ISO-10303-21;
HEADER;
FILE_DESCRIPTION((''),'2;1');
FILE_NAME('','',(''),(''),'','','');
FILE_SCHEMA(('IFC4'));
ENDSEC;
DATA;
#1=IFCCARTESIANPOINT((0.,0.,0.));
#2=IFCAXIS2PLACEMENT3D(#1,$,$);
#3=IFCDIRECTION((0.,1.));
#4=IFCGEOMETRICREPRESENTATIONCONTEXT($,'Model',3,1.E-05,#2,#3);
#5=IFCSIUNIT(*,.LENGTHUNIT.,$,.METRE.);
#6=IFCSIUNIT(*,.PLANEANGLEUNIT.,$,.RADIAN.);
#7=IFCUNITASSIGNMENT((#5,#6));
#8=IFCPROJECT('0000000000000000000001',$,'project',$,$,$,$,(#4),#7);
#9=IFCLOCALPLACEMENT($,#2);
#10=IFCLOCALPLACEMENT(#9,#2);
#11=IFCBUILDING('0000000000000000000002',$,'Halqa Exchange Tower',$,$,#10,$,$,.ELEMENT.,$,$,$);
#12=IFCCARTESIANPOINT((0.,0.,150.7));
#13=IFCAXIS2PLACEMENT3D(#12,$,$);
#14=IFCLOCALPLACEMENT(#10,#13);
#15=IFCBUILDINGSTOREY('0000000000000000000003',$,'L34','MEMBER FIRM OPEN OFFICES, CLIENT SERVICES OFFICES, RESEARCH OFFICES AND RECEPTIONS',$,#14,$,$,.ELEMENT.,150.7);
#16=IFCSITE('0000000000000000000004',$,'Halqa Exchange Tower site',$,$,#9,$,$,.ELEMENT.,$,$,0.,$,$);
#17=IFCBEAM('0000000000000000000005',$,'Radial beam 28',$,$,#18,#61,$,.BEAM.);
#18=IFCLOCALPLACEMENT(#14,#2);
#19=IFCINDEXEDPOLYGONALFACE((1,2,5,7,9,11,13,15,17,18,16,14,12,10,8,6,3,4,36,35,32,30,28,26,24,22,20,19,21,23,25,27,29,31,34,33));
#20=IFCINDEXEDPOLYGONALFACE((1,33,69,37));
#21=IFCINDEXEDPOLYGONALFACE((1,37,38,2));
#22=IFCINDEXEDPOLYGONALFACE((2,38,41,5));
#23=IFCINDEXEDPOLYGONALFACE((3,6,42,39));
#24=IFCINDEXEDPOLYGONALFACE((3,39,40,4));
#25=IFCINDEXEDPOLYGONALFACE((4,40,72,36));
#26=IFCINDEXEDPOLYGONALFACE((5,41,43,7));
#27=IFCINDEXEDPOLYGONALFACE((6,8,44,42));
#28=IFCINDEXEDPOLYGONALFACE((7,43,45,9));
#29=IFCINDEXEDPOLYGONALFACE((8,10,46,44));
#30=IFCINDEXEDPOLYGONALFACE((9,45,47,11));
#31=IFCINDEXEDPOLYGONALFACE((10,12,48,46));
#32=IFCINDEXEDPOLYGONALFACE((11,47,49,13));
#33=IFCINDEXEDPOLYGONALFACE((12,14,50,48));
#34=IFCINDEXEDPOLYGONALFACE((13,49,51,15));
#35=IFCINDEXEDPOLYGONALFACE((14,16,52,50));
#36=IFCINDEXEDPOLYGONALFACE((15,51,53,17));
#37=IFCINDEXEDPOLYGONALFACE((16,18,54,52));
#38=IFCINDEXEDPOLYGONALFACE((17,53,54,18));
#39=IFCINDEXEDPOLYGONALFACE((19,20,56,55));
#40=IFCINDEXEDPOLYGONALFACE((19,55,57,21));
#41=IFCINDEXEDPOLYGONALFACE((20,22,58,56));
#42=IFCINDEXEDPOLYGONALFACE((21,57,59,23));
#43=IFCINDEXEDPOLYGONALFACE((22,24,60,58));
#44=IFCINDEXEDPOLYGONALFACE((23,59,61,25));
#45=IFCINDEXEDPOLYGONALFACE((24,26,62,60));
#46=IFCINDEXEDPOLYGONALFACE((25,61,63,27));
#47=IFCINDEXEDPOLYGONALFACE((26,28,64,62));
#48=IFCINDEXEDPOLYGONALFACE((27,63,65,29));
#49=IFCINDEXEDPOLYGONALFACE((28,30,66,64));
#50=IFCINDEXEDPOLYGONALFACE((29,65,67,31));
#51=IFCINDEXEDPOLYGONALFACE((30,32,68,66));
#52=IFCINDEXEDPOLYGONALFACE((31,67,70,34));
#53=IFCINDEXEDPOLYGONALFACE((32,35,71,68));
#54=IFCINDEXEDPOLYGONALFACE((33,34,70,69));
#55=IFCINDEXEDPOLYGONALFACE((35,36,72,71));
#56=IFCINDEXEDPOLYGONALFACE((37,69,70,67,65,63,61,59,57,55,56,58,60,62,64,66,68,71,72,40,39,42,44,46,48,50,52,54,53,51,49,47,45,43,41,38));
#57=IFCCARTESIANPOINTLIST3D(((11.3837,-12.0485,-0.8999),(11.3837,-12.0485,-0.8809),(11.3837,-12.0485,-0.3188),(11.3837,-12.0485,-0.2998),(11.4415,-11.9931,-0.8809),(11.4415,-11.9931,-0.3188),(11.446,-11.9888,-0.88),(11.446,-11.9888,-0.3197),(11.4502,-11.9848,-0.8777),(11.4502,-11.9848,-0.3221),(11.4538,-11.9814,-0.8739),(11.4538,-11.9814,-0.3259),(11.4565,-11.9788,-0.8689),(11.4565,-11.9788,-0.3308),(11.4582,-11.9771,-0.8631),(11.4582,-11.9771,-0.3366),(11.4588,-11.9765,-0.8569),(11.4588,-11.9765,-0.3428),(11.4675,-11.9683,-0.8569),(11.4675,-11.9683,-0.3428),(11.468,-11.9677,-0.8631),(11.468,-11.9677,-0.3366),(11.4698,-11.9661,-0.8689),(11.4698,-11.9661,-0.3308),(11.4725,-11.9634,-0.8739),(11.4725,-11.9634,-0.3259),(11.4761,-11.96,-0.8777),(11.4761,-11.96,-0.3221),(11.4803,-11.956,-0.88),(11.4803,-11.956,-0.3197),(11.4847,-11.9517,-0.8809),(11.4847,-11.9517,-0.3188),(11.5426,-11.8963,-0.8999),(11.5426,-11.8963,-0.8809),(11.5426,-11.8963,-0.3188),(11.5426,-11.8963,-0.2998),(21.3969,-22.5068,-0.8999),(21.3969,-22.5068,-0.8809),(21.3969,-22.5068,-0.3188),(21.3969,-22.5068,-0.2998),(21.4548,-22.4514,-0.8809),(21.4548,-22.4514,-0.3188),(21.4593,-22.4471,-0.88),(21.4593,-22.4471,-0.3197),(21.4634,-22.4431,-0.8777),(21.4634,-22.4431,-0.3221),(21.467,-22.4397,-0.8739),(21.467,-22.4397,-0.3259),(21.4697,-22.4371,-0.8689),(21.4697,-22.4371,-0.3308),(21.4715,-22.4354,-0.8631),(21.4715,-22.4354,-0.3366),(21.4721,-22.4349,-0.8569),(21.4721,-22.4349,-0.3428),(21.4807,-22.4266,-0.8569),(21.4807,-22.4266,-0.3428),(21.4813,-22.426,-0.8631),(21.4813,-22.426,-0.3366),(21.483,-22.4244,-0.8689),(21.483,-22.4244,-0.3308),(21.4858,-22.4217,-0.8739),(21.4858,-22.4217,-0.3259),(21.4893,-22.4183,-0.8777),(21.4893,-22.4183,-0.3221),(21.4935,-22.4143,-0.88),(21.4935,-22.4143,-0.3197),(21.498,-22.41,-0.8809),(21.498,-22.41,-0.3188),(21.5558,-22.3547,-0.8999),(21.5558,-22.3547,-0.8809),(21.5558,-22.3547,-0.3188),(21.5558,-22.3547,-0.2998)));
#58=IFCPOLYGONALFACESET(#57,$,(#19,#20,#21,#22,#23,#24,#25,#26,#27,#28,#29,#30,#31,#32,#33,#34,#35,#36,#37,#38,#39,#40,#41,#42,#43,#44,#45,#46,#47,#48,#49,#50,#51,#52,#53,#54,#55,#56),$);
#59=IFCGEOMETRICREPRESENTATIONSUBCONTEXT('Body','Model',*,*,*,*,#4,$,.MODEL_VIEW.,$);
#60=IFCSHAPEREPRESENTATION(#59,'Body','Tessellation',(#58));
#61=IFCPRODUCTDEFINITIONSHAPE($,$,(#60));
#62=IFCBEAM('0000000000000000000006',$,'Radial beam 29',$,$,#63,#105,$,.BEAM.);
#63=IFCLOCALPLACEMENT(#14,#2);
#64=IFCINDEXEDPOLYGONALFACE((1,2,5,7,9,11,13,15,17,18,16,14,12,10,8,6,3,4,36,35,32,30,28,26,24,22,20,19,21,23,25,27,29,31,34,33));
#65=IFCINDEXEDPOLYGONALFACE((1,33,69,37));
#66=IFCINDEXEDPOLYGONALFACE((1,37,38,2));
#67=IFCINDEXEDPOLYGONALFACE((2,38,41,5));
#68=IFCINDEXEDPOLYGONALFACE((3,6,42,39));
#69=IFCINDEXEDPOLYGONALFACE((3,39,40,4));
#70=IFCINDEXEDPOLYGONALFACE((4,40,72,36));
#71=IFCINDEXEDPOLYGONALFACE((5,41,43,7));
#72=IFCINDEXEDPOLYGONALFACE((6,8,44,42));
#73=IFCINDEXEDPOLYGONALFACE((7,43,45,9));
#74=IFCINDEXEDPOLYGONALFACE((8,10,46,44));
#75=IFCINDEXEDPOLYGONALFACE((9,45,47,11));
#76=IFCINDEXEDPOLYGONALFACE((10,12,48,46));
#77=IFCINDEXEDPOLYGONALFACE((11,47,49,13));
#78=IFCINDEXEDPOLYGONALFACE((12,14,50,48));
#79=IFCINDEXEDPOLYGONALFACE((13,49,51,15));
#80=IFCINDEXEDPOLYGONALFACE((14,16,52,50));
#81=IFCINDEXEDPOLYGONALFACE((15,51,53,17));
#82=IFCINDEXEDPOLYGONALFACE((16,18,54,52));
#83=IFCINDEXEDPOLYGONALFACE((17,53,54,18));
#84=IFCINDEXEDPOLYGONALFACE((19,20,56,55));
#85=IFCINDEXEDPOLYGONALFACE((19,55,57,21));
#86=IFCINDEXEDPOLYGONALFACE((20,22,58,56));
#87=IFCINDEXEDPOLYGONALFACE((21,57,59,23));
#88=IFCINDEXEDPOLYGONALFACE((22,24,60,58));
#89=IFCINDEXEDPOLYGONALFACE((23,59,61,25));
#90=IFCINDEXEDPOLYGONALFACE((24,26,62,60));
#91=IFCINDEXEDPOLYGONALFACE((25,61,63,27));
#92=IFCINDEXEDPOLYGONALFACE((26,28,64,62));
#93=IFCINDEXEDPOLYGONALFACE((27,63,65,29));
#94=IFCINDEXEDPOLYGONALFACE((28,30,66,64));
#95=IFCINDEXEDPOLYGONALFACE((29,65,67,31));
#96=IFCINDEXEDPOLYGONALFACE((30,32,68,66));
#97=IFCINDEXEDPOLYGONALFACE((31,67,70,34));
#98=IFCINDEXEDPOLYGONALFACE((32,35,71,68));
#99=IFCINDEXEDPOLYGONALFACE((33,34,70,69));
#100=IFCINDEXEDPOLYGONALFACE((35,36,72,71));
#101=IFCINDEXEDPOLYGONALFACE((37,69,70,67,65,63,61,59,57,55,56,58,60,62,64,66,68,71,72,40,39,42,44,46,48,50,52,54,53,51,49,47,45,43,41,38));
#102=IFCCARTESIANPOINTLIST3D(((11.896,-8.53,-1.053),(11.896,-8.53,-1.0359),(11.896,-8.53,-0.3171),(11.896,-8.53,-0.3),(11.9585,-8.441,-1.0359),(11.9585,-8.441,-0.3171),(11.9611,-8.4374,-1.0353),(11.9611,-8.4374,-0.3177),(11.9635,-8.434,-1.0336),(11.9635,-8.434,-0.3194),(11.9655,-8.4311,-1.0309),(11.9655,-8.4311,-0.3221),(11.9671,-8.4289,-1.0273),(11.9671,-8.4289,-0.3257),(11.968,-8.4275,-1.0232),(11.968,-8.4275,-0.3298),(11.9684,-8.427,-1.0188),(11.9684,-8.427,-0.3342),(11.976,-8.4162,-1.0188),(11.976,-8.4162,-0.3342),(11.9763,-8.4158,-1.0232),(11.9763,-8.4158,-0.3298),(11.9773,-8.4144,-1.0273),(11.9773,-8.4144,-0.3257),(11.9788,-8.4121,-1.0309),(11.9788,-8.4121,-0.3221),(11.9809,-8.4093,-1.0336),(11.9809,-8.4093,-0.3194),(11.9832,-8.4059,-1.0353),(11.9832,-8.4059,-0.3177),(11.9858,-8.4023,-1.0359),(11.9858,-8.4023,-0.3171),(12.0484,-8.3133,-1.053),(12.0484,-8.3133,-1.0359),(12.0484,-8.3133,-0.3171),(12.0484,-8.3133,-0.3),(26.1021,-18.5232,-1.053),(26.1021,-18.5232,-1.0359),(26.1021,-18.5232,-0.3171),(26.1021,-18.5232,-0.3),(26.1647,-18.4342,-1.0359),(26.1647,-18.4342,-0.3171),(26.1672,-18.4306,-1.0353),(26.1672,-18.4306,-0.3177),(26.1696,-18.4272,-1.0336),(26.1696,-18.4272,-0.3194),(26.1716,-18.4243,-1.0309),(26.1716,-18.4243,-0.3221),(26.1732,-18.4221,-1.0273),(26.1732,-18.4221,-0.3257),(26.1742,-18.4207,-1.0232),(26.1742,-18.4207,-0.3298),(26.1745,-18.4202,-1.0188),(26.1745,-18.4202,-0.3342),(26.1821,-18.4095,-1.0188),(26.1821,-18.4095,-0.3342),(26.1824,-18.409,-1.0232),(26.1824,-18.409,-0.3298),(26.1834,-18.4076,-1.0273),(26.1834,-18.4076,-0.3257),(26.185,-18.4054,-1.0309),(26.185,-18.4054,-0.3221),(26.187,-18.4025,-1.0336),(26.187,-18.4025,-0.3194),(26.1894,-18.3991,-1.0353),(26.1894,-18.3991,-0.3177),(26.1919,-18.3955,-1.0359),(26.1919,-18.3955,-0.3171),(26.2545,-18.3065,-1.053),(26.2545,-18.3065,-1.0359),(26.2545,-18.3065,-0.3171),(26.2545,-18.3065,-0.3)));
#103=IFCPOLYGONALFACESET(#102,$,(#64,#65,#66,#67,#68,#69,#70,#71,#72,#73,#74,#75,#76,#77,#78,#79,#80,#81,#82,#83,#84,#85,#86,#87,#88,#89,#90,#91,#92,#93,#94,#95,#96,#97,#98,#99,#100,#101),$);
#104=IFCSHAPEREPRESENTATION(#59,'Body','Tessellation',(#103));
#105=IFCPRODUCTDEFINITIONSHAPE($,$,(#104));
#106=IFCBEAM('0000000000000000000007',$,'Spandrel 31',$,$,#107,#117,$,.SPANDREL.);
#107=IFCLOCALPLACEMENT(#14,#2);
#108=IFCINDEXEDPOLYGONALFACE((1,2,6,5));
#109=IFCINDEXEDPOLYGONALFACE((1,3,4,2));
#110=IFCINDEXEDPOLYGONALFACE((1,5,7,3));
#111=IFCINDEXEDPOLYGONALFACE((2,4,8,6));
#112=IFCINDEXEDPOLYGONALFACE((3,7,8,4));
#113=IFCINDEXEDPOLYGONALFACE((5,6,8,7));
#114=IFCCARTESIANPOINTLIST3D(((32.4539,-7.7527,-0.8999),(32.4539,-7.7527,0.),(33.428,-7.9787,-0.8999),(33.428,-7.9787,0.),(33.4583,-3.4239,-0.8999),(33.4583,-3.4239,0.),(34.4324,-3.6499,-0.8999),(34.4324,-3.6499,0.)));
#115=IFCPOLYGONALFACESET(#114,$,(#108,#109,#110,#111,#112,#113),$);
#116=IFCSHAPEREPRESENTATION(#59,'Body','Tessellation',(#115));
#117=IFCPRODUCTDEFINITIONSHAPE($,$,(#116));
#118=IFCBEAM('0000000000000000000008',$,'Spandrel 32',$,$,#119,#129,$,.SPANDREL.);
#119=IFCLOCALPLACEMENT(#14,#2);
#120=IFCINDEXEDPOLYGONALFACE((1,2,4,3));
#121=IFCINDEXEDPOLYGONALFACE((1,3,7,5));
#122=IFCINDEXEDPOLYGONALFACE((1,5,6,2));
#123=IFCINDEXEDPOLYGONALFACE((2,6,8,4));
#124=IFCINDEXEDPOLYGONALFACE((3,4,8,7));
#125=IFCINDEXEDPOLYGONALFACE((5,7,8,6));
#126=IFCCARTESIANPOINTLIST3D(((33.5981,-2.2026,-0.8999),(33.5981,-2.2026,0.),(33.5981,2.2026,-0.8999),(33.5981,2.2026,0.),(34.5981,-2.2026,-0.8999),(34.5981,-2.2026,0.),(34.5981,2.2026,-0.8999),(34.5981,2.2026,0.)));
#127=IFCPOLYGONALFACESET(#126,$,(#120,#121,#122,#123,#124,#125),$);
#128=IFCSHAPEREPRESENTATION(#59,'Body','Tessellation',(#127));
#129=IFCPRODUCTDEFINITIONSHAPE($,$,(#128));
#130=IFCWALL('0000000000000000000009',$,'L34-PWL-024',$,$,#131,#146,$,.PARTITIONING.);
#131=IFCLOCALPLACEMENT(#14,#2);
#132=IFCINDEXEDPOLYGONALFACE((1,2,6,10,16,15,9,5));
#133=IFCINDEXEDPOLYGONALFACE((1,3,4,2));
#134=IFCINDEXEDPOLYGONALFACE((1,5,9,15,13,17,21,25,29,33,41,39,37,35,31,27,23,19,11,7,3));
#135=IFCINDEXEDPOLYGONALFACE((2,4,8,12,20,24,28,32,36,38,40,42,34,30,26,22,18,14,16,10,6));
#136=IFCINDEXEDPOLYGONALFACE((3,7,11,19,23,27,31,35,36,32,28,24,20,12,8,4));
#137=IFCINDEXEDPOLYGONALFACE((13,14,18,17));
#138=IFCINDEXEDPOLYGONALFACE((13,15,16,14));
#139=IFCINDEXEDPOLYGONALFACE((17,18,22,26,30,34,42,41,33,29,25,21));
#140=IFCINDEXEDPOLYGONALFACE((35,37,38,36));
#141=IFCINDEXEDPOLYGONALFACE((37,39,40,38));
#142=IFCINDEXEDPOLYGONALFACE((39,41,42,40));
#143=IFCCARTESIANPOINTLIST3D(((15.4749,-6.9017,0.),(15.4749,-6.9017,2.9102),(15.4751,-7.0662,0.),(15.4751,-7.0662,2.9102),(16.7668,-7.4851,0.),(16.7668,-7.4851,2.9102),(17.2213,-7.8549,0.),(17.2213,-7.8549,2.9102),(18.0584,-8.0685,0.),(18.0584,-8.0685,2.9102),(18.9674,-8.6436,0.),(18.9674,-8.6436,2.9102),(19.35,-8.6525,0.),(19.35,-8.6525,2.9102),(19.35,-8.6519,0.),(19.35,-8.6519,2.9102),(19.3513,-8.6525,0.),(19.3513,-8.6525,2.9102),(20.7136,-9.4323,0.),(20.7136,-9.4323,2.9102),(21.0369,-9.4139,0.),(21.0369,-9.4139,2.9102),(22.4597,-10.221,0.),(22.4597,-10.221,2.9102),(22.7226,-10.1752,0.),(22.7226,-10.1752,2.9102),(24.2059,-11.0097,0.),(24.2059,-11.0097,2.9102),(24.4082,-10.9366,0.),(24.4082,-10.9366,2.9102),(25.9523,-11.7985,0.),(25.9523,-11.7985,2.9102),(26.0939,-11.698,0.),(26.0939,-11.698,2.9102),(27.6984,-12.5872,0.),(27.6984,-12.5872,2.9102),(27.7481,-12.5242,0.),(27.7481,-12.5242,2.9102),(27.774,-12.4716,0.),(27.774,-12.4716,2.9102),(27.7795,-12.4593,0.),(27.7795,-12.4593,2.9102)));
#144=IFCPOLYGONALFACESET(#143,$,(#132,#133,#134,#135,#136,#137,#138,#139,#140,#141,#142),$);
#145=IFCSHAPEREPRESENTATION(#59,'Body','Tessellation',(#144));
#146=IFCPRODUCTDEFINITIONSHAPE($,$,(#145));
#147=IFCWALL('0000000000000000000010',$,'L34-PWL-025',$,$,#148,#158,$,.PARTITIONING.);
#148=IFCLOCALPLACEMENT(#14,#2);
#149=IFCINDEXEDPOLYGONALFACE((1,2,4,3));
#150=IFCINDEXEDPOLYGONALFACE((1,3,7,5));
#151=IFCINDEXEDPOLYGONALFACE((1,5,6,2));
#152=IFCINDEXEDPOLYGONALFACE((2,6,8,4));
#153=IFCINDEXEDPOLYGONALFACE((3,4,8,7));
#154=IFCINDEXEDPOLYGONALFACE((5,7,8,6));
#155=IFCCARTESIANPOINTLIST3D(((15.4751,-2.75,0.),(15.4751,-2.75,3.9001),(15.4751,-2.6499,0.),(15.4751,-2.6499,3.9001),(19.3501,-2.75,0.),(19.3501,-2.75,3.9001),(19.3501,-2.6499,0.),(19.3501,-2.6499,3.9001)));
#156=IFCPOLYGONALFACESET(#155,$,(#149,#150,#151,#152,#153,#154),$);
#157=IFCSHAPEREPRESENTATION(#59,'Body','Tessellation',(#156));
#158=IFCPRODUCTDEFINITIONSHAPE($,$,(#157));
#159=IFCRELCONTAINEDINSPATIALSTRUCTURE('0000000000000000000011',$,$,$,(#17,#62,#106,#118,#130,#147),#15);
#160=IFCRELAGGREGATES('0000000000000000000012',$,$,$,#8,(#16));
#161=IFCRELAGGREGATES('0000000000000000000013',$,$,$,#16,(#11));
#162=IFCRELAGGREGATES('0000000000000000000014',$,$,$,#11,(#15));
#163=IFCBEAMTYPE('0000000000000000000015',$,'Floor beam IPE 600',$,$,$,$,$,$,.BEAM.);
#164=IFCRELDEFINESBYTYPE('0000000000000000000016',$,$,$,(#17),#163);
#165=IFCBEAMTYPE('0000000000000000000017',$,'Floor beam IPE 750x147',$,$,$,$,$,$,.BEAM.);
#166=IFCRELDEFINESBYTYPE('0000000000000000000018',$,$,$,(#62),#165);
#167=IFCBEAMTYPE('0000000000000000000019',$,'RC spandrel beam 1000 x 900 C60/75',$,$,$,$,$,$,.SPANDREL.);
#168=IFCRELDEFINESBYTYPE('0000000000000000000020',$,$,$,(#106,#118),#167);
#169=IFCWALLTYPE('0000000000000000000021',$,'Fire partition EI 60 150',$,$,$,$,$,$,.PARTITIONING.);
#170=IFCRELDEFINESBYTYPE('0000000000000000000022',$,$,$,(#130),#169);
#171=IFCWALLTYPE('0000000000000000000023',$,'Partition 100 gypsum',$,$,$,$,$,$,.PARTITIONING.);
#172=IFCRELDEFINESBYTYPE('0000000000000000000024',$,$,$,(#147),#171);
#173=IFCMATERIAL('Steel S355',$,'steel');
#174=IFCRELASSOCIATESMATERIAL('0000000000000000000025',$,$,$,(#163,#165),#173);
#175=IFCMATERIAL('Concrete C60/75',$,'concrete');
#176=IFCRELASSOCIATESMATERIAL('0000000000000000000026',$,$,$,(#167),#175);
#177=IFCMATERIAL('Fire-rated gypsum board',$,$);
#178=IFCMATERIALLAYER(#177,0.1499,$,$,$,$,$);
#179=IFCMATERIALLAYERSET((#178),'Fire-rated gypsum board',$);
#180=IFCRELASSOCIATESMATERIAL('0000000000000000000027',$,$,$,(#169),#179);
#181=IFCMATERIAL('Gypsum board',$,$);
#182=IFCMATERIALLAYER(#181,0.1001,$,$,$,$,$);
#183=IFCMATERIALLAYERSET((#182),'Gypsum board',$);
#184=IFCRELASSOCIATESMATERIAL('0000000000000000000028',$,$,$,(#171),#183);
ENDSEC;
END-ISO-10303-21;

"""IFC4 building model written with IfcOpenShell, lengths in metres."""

from ifc_helpers import new_model, si_unit, direction, frame, frame_2d, origin, origin_2d, place, context, subcontext, project, spatial, polyline, rectangle, i_section, outline, extrude, material, layer, layer_set, material_profile, profile_set, type_object, element, save


model = new_model("IFC4")

# Units and contexts
model_context = context("Model", 3, precision=1e-05, world=origin(), true_north=direction((0.0, 1.0)))
body_context = subcontext(model_context, "Body", "Model", "MODEL_VIEW")
ifc_project = project(units=[si_unit("LENGTHUNIT", "METRE"), si_unit("PLANEANGLEUNIT", "RADIAN")], contexts=[model_context])

# Site, building, storey
site_placement = place(None, origin())
site = spatial("IfcSite", under=ifc_project, at=site_placement, Name="Halqa Exchange Tower site", CompositionType="ELEMENT", RefElevation=0.0)
building_placement = place(site_placement, origin())
building = spatial("IfcBuilding", under=site, at=building_placement, Name="Halqa Exchange Tower", CompositionType="ELEMENT")
storey_placement = place(building_placement, frame((0.0, 0.0, 150.7)))
storey = spatial("IfcBuildingStorey", under=building, at=storey_placement, Name="L34", Description="MEMBER FIRM OPEN OFFICES, CLIENT SERVICES OFFICES, RESEARCH OFFICES AND RECEPTIONS", CompositionType="ELEMENT", Elevation=150.7)

# Beams
ifc_material_1 = material(Name="Steel S355", Category="steel")
ifc_material_profile_1 = material_profile(ifc_material_1, i_section(OverallWidth=0.22, OverallDepth=0.6001, WebThickness=0.012, FlangeThickness=0.019, FilletRadius=0.0239, at=origin_2d()), Name="IPE 600")
ifc_profile_set_1 = profile_set([ifc_material_profile_1], Name="Steel S355")
beam_type_1 = type_object("IfcBeamType", Name="Floor beam IPE 600", PredefinedType="BEAM", material=ifc_profile_set_1)
beam_1_placement = place(storey_placement, frame((11.4631, -11.9724, -0.5999), z_axis=(0.69157, -0.722309, 0.0), x_axis=(0.722309, 0.69157, 0.0)))
element("IfcBeam", 1, at=beam_1_placement, inside=storey, type_object=beam_type_1, Name="Radial beam 28", PredefinedType="BEAM", context=body_context, shape_type="SweptSolid", body=[
    extrude(i_section(OverallWidth=0.22, OverallDepth=0.6001, WebThickness=0.012, FlangeThickness=0.019, FilletRadius=0.0239, at=origin_2d()), origin(), (0.0, 0.0, 1.0), 14.479),
])
ifc_material_profile_2 = material_profile(ifc_material_1, i_section(OverallWidth=0.2649, OverallDepth=0.7529, WebThickness=0.0132, FlangeThickness=0.0171, FilletRadius=0.0171, at=origin_2d()), Name="IPE 750x147")
ifc_profile_set_2 = profile_set([ifc_material_profile_2], Name="Steel S355")
beam_type_2 = type_object("IfcBeamType", Name="Floor beam IPE 750x147", PredefinedType="BEAM", material=ifc_profile_set_2)
beam_2_placement = place(storey_placement, frame((11.9722, -8.4216, -0.6765), z_axis=(0.817906, -0.575351, 0.0), x_axis=(0.575351, 0.817906, 0.0)))
element("IfcBeam", 2, at=beam_2_placement, inside=storey, type_object=beam_type_2, Name="Radial beam 29", PredefinedType="BEAM", context=body_context, shape_type="SweptSolid", body=[
    extrude(i_section(OverallWidth=0.2649, OverallDepth=0.7529, WebThickness=0.0132, FlangeThickness=0.0171, FilletRadius=0.0171, at=origin_2d()), origin(), (0.0, 0.0, 1.0), 17.3689),
])
ifc_material_2 = material(Name="Concrete C60/75", Category="concrete")
ifc_material_profile_3 = material_profile(ifc_material_2, rectangle(XDim=1.0, YDim=0.8999, at=origin_2d()), Name="1000 x 900")
ifc_profile_set_3 = profile_set([ifc_material_profile_3], Name="Concrete C60/75")
beam_type_3 = type_object("IfcBeamType", Name="RC spandrel beam 1000 x 900 C60/75", PredefinedType="SPANDREL", material=ifc_profile_set_3)
beam_3_placement = place(storey_placement, frame((32.9409, -7.8657, -0.45), z_axis=(0.226019, 0.974123, 0.0), x_axis=(-0.974123, 0.226019, 0.0)))
element("IfcBeam", 3, at=beam_3_placement, inside=storey, type_object=beam_type_3, Name="Spandrel 31", PredefinedType="SPANDREL", context=body_context, shape_type="SweptSolid", body=[
    extrude(rectangle(XDim=1.0, YDim=0.8999, at=origin_2d()), origin(), (0.0, 0.0, 1.0), 4.4438),
])
beam_4_placement = place(storey_placement, frame((34.0981, -2.2026, -0.45), z_axis=(0.0, 1.0, 0.0), x_axis=(-1.0, 0.0, 0.0)))
element("IfcBeam", 4, at=beam_4_placement, inside=storey, type_object=beam_type_3, Name="Spandrel 32", PredefinedType="SPANDREL", context=body_context, shape_type="SweptSolid", body=[
    extrude(rectangle(XDim=1.0, YDim=0.8999, at=origin_2d()), origin(), (0.0, 0.0, 1.0), 4.4053),
])

# Walls
ifc_material_3 = material(Name="Fire-rated gypsum board")
ifc_layer_1 = layer(ifc_material_3, 0.1499)
ifc_layer_set_1 = layer_set([ifc_layer_1], Name="Fire-rated gypsum board")
wall_type_1 = type_object("IfcWallType", Name="Fire partition EI 60 150", PredefinedType="PARTITIONING", material=ifc_layer_set_1)
wall_1_placement = place(storey_placement, frame((15.4441, -6.97, 0.0), z_axis=(0.0, 0.0, 1.0), x_axis=(0.911349, -0.411634, 0.0)))
element("IfcWall", 5, at=wall_1_placement, inside=storey, type_object=wall_type_1, Name="L34-PWL-024", PredefinedType="PARTITIONING", context=body_context, shape_type="SweptSolid", body=[
    extrude(outline(polyline([(0.0679, -0.075), (1.9839, -0.075), (3.8999, -0.075), (5.8159, -0.075), (7.7319, -0.075), (9.6479, -0.075), (11.5642, -0.075), (13.4802, -0.075), (13.4995, 0.0029), (13.5015, 0.0615), (13.5015, 0.075), (11.6519, 0.075), (9.8022, 0.075), (7.9526, 0.075), (6.103, 0.075), (4.2534, 0.075), (4.2522, 0.0745), (4.252, 0.075), (2.8347, 0.075), (1.4175, 0.075), (0.0, 0.075), (0.0679, -0.075)])), origin(), (0.0, 0.0, 1.0), 2.9102),
])
ifc_material_4 = material(Name="Gypsum board")
ifc_layer_2 = layer(ifc_material_4, 0.1001)
ifc_layer_set_2 = layer_set([ifc_layer_2], Name="Gypsum board")
wall_type_2 = type_object("IfcWallType", Name="Partition 100 gypsum", PredefinedType="PARTITIONING", material=ifc_layer_set_2)
wall_2_placement = place(storey_placement, frame((15.4751, -2.7, 0.0), z_axis=(0.0, 0.0, 1.0), x_axis=(1.0, 0.0, 0.0)))
element("IfcWall", 6, at=wall_2_placement, inside=storey, type_object=wall_type_2, Name="L34-PWL-025", PredefinedType="PARTITIONING", context=body_context, shape_type="SweptSolid", body=[
    extrude(rectangle(XDim=3.875, YDim=0.1001, at=frame_2d((1.9375, 0.0))), origin(), (0.0, 0.0, 1.0), 3.9001),
])

save(model, "model.ifc")
